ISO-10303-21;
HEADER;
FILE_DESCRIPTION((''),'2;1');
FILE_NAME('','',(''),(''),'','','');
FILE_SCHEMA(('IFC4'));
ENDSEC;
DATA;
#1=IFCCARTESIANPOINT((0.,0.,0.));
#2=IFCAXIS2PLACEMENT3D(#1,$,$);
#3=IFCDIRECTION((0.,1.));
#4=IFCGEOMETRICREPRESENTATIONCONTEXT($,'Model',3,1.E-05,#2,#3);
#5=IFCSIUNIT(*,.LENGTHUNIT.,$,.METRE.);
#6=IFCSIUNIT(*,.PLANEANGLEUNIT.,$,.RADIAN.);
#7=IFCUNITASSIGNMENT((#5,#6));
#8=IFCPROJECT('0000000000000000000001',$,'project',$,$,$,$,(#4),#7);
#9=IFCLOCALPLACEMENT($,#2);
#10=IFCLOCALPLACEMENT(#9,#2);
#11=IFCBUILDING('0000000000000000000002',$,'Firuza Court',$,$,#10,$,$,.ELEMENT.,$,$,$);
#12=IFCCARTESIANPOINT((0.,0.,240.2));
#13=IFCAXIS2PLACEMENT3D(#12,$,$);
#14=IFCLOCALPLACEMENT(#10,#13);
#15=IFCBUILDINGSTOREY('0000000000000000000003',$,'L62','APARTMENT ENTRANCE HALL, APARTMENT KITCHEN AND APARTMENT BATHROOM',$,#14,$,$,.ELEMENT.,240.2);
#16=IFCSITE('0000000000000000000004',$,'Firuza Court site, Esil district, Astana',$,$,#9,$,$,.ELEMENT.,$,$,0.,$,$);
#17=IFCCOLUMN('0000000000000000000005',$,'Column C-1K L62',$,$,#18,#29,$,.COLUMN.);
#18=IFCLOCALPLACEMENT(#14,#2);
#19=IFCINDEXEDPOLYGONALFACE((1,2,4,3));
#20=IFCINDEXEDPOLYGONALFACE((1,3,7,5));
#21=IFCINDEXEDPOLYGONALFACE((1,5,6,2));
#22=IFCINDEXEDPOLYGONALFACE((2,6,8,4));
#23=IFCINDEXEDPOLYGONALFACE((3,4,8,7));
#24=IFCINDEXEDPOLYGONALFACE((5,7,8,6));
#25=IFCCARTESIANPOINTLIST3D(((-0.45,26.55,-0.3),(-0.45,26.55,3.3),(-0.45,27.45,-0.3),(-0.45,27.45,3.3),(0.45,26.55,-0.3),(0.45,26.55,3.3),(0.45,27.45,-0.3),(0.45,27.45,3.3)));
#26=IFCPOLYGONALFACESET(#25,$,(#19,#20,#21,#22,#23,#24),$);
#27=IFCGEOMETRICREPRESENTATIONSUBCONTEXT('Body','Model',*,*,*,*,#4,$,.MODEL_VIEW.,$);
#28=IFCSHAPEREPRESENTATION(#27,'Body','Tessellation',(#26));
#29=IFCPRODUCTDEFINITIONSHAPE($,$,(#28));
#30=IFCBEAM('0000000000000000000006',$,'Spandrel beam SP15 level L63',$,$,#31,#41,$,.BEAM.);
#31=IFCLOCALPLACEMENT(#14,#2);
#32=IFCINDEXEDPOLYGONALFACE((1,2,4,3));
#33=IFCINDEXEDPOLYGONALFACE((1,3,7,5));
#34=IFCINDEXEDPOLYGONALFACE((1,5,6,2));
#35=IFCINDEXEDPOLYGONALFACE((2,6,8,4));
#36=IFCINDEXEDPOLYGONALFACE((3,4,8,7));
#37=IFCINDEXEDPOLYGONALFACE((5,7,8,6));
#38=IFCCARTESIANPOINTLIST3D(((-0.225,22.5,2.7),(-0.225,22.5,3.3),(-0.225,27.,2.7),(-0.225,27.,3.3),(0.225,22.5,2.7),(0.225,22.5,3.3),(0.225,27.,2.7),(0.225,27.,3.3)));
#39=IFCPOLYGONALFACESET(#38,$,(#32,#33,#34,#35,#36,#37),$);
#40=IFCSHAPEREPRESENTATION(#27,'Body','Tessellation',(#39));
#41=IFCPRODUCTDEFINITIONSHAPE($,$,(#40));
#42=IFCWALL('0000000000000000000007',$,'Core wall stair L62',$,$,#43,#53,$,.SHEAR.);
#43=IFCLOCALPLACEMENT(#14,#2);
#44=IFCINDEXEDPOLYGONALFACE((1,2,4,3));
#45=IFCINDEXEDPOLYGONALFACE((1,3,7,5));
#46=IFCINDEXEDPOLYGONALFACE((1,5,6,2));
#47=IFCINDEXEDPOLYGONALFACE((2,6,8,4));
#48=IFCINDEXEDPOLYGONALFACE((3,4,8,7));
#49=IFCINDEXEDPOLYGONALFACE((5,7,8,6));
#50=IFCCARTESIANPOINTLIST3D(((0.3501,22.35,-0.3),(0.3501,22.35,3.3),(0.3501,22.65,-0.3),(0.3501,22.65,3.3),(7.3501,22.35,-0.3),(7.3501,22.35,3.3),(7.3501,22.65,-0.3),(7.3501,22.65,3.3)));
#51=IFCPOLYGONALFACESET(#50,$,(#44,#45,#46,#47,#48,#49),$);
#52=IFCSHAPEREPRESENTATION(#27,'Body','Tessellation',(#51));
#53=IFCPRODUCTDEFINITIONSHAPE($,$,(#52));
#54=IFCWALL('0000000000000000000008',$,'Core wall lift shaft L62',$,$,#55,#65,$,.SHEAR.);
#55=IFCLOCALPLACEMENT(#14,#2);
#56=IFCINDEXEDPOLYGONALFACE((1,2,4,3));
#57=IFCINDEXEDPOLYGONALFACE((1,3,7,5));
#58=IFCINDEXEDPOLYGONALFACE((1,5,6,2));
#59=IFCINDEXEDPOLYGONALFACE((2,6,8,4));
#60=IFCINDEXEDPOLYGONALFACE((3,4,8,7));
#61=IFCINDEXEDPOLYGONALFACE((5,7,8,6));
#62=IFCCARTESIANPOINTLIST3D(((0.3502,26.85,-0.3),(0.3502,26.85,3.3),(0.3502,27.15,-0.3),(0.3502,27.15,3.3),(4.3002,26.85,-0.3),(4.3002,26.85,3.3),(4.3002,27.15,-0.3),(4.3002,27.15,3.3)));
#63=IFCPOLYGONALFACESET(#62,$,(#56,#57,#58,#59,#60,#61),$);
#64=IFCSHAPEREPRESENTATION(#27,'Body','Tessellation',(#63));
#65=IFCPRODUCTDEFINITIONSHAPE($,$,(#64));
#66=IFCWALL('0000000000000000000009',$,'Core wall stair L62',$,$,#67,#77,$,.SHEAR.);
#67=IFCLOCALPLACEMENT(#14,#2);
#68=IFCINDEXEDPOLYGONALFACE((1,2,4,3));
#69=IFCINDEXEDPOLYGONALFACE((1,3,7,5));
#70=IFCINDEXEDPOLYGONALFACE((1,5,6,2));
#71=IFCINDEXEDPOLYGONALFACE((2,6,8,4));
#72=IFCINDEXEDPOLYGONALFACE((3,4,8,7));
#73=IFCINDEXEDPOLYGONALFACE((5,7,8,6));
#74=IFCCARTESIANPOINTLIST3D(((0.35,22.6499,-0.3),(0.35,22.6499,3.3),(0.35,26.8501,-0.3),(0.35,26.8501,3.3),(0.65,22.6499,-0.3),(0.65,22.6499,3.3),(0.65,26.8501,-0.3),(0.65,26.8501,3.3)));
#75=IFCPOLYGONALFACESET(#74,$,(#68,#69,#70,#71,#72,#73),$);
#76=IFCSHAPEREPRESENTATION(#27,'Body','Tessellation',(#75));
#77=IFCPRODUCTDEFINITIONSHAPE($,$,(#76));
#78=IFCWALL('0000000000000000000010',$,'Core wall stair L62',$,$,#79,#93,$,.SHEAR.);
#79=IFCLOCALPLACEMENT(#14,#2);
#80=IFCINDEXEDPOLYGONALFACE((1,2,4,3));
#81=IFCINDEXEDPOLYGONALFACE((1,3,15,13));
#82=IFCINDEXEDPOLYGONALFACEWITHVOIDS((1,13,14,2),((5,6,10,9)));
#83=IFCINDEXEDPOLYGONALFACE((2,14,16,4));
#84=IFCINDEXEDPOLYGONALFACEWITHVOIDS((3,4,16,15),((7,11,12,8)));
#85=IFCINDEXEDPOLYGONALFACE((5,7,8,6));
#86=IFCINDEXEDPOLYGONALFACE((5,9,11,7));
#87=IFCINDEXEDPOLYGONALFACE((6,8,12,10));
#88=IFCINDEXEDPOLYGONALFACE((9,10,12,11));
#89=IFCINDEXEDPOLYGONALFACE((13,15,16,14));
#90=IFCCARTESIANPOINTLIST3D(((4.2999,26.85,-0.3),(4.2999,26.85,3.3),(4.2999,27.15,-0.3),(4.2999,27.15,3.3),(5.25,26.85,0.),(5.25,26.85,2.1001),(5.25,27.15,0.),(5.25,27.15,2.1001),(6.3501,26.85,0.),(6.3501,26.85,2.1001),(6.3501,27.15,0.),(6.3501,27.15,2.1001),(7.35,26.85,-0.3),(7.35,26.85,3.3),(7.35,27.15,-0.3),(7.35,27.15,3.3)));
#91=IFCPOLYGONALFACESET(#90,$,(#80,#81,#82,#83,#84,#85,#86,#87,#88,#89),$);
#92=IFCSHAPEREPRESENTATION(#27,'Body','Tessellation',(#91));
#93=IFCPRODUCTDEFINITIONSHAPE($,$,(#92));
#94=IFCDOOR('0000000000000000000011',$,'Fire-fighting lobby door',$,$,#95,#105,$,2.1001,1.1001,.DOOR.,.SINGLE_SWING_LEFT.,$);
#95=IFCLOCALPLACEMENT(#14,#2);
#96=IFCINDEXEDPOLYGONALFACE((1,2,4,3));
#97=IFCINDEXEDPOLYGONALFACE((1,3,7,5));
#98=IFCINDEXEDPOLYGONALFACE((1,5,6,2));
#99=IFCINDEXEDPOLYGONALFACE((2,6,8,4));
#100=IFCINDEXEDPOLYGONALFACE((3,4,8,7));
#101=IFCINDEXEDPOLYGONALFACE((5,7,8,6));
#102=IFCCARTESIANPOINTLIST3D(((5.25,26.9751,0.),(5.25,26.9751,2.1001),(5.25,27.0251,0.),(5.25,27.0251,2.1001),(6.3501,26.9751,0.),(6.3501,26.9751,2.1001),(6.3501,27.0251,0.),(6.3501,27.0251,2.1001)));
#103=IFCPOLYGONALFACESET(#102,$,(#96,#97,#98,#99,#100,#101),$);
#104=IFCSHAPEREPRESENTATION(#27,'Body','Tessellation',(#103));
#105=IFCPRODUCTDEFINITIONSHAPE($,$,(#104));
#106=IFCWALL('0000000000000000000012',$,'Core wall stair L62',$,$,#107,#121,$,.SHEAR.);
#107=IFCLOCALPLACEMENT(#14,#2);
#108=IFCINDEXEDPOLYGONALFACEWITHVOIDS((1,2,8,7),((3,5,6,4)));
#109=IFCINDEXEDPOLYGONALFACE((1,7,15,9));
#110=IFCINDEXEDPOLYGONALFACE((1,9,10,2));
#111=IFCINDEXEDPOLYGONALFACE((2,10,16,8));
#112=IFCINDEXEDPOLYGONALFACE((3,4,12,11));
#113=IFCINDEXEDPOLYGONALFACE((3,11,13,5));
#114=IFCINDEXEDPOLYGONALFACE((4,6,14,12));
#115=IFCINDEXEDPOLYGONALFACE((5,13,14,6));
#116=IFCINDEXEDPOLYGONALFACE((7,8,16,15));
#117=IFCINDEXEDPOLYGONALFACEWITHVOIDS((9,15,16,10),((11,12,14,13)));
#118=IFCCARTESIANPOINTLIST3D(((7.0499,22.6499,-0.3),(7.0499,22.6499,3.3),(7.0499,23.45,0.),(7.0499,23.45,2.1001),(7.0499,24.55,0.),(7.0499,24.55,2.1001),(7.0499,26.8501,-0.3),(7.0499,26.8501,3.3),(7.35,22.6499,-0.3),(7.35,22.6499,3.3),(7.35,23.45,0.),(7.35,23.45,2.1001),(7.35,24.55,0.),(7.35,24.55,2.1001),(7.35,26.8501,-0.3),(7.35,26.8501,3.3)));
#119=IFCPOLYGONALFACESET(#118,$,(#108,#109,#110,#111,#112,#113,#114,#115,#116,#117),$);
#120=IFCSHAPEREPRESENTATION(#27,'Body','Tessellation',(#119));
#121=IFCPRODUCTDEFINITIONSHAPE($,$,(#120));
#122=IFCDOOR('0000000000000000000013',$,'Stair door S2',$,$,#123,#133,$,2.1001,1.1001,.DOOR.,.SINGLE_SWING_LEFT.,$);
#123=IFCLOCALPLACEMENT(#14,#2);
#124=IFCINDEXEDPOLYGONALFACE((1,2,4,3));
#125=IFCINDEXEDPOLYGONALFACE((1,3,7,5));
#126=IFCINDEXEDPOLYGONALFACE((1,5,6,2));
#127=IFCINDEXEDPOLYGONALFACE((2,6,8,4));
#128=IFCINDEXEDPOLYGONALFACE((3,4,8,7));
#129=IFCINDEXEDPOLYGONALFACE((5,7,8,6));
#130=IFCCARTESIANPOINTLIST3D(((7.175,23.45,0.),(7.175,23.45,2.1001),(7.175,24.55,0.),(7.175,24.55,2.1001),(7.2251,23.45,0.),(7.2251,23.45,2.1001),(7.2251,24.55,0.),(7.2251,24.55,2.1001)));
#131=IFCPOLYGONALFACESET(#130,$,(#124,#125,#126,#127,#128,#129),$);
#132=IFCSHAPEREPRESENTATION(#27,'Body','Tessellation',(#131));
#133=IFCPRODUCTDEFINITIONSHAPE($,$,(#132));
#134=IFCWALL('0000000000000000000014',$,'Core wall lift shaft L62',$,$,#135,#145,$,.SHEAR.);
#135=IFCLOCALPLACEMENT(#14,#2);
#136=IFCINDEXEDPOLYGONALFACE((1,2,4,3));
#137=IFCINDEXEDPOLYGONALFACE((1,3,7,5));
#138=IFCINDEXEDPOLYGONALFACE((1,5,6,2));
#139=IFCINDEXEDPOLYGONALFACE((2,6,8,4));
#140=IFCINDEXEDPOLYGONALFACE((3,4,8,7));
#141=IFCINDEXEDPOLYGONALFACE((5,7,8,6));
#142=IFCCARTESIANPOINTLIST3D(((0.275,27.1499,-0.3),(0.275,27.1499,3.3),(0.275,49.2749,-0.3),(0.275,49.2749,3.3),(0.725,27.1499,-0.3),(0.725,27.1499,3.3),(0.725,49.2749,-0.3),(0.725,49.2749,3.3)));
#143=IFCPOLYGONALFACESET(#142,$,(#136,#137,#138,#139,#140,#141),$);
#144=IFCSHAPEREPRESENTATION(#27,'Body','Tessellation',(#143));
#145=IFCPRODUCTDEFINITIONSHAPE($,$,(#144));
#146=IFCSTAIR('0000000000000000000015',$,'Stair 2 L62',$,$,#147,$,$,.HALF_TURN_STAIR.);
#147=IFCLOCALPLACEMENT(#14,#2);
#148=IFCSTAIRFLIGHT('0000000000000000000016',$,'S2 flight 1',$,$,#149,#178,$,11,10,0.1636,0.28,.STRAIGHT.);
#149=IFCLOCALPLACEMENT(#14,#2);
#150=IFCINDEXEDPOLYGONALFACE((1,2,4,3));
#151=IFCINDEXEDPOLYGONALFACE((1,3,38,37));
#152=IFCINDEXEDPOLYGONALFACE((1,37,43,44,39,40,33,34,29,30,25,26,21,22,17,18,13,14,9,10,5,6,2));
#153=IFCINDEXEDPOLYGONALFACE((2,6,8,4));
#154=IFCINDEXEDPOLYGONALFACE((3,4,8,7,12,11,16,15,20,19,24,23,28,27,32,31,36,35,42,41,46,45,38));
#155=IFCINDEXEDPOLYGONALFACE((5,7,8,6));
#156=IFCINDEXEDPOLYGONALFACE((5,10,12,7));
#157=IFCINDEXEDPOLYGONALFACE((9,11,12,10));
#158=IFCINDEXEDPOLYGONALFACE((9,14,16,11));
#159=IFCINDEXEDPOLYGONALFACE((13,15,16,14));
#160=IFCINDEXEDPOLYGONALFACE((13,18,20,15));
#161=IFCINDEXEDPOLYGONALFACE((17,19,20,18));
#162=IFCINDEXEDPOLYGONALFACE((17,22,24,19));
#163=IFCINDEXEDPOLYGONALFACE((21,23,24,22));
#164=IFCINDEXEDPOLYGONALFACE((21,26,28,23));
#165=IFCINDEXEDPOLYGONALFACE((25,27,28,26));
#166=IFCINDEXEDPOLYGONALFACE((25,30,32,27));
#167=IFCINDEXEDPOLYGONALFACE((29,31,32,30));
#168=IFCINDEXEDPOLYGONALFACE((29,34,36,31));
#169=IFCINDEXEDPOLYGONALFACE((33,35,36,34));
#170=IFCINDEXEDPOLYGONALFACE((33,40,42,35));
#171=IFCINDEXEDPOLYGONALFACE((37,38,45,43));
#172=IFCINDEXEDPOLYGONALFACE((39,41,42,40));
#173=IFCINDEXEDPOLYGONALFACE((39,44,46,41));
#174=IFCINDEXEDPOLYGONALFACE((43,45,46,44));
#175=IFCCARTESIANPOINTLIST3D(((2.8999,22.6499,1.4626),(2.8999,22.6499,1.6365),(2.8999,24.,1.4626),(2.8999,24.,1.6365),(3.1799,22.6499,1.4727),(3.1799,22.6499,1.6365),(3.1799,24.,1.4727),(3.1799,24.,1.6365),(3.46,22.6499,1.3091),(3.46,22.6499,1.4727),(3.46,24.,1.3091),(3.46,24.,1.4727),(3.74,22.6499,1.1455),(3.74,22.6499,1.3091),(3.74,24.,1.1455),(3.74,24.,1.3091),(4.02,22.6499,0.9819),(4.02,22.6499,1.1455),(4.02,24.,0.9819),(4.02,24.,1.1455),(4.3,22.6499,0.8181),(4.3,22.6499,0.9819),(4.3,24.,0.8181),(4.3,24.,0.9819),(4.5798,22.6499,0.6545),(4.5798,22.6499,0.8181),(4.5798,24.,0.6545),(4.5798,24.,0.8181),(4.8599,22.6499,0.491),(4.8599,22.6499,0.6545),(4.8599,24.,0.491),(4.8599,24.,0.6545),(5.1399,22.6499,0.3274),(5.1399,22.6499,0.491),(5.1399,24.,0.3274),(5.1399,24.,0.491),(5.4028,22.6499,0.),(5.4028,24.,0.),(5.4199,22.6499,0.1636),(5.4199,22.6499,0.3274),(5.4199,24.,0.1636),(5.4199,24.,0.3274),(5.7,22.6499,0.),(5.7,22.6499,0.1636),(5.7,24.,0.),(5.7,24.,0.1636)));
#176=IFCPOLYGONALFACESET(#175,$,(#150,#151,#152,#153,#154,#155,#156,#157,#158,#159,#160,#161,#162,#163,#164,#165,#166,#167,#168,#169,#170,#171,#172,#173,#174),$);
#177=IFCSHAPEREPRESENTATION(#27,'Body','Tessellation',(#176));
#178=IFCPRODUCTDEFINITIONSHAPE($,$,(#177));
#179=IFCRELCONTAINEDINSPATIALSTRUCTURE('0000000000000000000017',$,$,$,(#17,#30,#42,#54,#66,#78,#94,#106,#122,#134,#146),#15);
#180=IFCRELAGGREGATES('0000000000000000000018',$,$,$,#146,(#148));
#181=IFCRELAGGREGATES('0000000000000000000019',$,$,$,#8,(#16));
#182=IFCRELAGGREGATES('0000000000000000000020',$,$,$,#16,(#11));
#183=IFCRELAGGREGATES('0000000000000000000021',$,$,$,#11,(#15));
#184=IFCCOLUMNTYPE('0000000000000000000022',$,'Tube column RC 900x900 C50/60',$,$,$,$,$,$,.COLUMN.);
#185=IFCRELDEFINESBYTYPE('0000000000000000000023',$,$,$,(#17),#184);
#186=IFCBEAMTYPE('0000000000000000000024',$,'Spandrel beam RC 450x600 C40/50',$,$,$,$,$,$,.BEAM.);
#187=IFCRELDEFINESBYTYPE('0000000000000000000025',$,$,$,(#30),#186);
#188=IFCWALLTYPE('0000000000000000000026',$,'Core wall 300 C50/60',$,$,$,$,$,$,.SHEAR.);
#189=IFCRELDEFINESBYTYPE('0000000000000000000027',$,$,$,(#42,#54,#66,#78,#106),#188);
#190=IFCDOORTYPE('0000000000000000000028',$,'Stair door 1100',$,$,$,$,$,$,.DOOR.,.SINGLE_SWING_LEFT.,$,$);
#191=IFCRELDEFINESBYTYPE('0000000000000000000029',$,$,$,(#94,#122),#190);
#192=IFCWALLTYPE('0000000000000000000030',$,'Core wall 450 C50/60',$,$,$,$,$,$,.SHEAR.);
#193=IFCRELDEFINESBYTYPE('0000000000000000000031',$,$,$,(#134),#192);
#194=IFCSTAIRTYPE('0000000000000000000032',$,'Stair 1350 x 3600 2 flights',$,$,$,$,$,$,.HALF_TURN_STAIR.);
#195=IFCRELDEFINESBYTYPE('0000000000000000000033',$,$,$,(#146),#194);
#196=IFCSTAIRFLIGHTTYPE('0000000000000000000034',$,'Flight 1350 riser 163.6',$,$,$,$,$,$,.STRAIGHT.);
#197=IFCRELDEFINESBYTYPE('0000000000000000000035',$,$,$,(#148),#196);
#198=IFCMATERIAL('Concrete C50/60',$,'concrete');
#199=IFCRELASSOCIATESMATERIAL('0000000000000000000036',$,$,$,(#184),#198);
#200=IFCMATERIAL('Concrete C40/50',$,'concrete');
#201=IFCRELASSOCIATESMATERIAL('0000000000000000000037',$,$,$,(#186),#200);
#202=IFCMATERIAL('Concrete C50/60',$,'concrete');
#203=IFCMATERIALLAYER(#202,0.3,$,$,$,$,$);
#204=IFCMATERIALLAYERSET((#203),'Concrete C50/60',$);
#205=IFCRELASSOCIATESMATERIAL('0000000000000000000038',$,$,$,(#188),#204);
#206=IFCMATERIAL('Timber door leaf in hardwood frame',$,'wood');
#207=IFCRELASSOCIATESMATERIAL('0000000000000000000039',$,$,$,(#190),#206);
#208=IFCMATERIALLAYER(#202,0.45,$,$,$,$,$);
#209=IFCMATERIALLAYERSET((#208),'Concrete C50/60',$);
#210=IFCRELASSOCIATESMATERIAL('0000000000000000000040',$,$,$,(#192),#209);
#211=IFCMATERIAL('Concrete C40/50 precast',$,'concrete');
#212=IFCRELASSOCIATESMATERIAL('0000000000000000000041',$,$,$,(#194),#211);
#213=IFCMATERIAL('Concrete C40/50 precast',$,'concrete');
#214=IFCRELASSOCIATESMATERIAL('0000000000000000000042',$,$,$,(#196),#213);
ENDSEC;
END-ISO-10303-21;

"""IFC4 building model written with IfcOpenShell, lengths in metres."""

from ifc_helpers import new_model, si_unit, direction, frame, frame_2d, origin, origin_2d, place, context, subcontext, project, spatial, polyline, rectangle, outline, extrude, material, layer, layer_set, material_profile, profile_set, type_object, element, fill, aggregate, save


model = new_model("IFC4")

# Units and contexts
model_context = context("Model", 3, precision=1e-05, world=origin(), true_north=direction((0.0, 1.0)))
body_context = subcontext(model_context, "Body", "Model", "MODEL_VIEW")
ifc_project = project(units=[si_unit("LENGTHUNIT", "METRE"), si_unit("PLANEANGLEUNIT", "RADIAN")], contexts=[model_context])

# Site, building, storey
site_placement = place(None, origin())
site = spatial("IfcSite", under=ifc_project, at=site_placement, Name="Firuza Court site, Esil district, Astana", CompositionType="ELEMENT", RefElevation=0.0)
building_placement = place(site_placement, origin())
building = spatial("IfcBuilding", under=site, at=building_placement, Name="Firuza Court", CompositionType="ELEMENT")
storey_placement = place(building_placement, frame((0.0, 0.0, 240.2)))
storey = spatial("IfcBuildingStorey", under=building, at=storey_placement, Name="L62", Description="APARTMENT ENTRANCE HALL, APARTMENT KITCHEN AND APARTMENT BATHROOM", CompositionType="ELEMENT", Elevation=240.2)

# Column
ifc_material_1 = material(Name="Concrete C50/60", Category="concrete")
ifc_material_profile_1 = material_profile(ifc_material_1, rectangle(XDim=0.8999, YDim=0.8999, at=origin_2d()), Name="RC 900x900")
ifc_profile_set_1 = profile_set([ifc_material_profile_1], Name="Concrete C50/60")
column_type = type_object("IfcColumnType", Name="Tube column RC 900x900 C50/60", PredefinedType="COLUMN", material=ifc_profile_set_1)
column_placement = place(storey_placement, frame((0.0, 27.0, -0.3), z_axis=(0.0, 0.0, 1.0), x_axis=(1.0, 0.0, 0.0)))
element("IfcColumn", 1, at=column_placement, inside=storey, type_object=column_type, Name="Column C-1K L62", PredefinedType="COLUMN", context=body_context, shape_type="SweptSolid", body=[
    extrude(rectangle(XDim=0.8999, YDim=0.8999, at=origin_2d()), origin(), (0.0, 0.0, 1.0), 3.6001),
])

# Beam
ifc_material_2 = material(Name="Concrete C40/50", Category="concrete")
ifc_material_profile_2 = material_profile(ifc_material_2, rectangle(XDim=0.45, YDim=0.6001, at=origin_2d()), Name="RC 450x600")
ifc_profile_set_2 = profile_set([ifc_material_profile_2], Name="Concrete C40/50")
beam_type = type_object("IfcBeamType", Name="Spandrel beam RC 450x600 C40/50", PredefinedType="BEAM", material=ifc_profile_set_2)
beam_placement = place(storey_placement, frame((0.0, 27.0, 3.0), z_axis=(0.0, -1.0, 0.0), x_axis=(1.0, 0.0, 0.0)))
element("IfcBeam", 2, at=beam_placement, inside=storey, type_object=beam_type, Name="Spandrel beam SP15 level L63", PredefinedType="BEAM", context=body_context, shape_type="SweptSolid", body=[
    extrude(rectangle(XDim=0.45, YDim=0.6001, at=origin_2d()), origin(), (0.0, 0.0, 1.0), 4.5),
])

# Walls
ifc_material_3 = material(Name="Concrete C50/60", Category="concrete")
ifc_layer_1 = layer(ifc_material_3, 0.3)
ifc_layer_set_1 = layer_set([ifc_layer_1], Name="Concrete C50/60")
wall_type_1 = type_object("IfcWallType", Name="Core wall 300 C50/60", PredefinedType="SHEAR", material=ifc_layer_set_1)
wall_1_placement = place(storey_placement, frame((0.3501, 22.5, -0.3), z_axis=(0.0, 0.0, 1.0), x_axis=(1.0, 0.0, 0.0)))
element("IfcWall", 3, at=wall_1_placement, inside=storey, type_object=wall_type_1, Name="Core wall stair L62", PredefinedType="SHEAR", context=body_context, shape_type="SweptSolid", body=[
    extrude(rectangle(XDim=7.0, YDim=0.3, at=frame_2d((3.5, 0.0))), origin(), (0.0, 0.0, 1.0), 3.6001),
])
wall_2_placement = place(storey_placement, frame((0.3501, 27.0, -0.3), z_axis=(0.0, 0.0, 1.0), x_axis=(1.0, 0.0, 0.0)))
element("IfcWall", 4, at=wall_2_placement, inside=storey, type_object=wall_type_1, Name="Core wall lift shaft L62", PredefinedType="SHEAR", context=body_context, shape_type="SweptSolid", body=[
    extrude(rectangle(XDim=3.95, YDim=0.3, at=frame_2d((1.9751, 0.0))), origin(), (0.0, 0.0, 1.0), 3.6001),
])
wall_3_placement = place(storey_placement, frame((0.5, 22.6499, -0.3), z_axis=(0.0, 0.0, 1.0), x_axis=(0.0, 1.0, 0.0)))
element("IfcWall", 5, at=wall_3_placement, inside=storey, type_object=wall_type_1, Name="Core wall stair L62", PredefinedType="SHEAR", context=body_context, shape_type="SweptSolid", body=[
    extrude(rectangle(XDim=4.2002, YDim=0.3, at=frame_2d((2.1001, 0.0))), origin(), (0.0, 0.0, 1.0), 3.6001),
])

# Walls, openings, doors
wall_4_placement = place(storey_placement, frame((4.3, 27.0, -0.3), z_axis=(0.0, 0.0, 1.0), x_axis=(1.0, 0.0, 0.0)))
wall_4 = element("IfcWall", 6, at=wall_4_placement, inside=storey, type_object=wall_type_1, Name="Core wall stair L62", PredefinedType="SHEAR", context=body_context, shape_type="SweptSolid", body=[
    extrude(rectangle(XDim=3.05, YDim=0.3, at=frame_2d((1.5249, 0.0))), origin(), (0.0, 0.0, 1.0), 3.6001),
])
opening_1_placement = place(wall_4_placement, frame((0.95, 0.0, 0.3)))
opening_1 = element("IfcOpeningElement", 7, at=opening_1_placement, cuts=wall_4, PredefinedType="OPENING", context=body_context, shape_type="SweptSolid", body=[
    extrude(rectangle(XDim=1.1001, YDim=2.1001, at=frame_2d((0.55, 1.05))), frame((0.0, 0.1621, 0.0), z_axis=(0.0, -1.0, 0.0), x_axis=(1.0, 0.0, 0.0)), (0.0, 0.0, 1.0), 0.324),
])
ifc_material_4 = material(Name="Timber door leaf in hardwood frame", Category="wood")
door_type_1 = type_object("IfcDoorType", Name="Stair door 1100", OperationType="SINGLE_SWING_LEFT", PredefinedType="DOOR", material=ifc_material_4)
door_1_placement = place(opening_1_placement, frame((1.1001, 0.0, 0.0), z_axis=(0.0, 0.0, 1.0), x_axis=(-1.0, 0.0, 0.0)))
door_1 = element("IfcDoor", 8, at=door_1_placement, inside=storey, type_object=door_type_1, Name="Fire-fighting lobby door", OperationType="SINGLE_SWING_LEFT", OverallHeight=2.1001, OverallWidth=1.1001, PredefinedType="DOOR", context=body_context, shape_type="SweptSolid", body=[
    extrude(rectangle(XDim=1.1001, YDim=2.1001, at=frame_2d((0.55, 1.05))), frame((0.0, 0.0249, 0.0), z_axis=(0.0, -1.0, 0.0), x_axis=(1.0, 0.0, 0.0)), (0.0, 0.0, 1.0), 0.05),
])
fill(opening_1, door_1)
wall_5_placement = place(storey_placement, frame((7.2, 22.6499, -0.3), z_axis=(0.0, 0.0, 1.0), x_axis=(0.0, 1.0, 0.0)))
wall_5 = element("IfcWall", 9, at=wall_5_placement, inside=storey, type_object=wall_type_1, Name="Core wall stair L62", PredefinedType="SHEAR", context=body_context, shape_type="SweptSolid", body=[
    extrude(rectangle(XDim=4.2002, YDim=0.3, at=frame_2d((2.1001, 0.0))), origin(), (0.0, 0.0, 1.0), 3.6001),
])
opening_2_placement = place(wall_5_placement, frame((0.8, 0.0, 0.3)))
opening_2 = element("IfcOpeningElement", 10, at=opening_2_placement, cuts=wall_5, PredefinedType="OPENING", context=body_context, shape_type="SweptSolid", body=[
    extrude(rectangle(XDim=1.1001, YDim=2.1001, at=frame_2d((0.55, 1.05))), frame((0.0, 0.1621, 0.0), z_axis=(0.0, -1.0, 0.0), x_axis=(1.0, 0.0, 0.0)), (0.0, 0.0, 1.0), 0.324),
])
door_2_placement = place(opening_2_placement, origin())
door_2 = element("IfcDoor", 11, at=door_2_placement, inside=storey, type_object=door_type_1, Name="Stair door S2", OperationType="SINGLE_SWING_LEFT", OverallHeight=2.1001, OverallWidth=1.1001, PredefinedType="DOOR", context=body_context, shape_type="SweptSolid", body=[
    extrude(rectangle(XDim=1.1001, YDim=2.1001, at=frame_2d((0.55, 1.05))), frame((0.0, 0.0249, 0.0), z_axis=(0.0, -1.0, 0.0), x_axis=(1.0, 0.0, 0.0)), (0.0, 0.0, 1.0), 0.05),
])
fill(opening_2, door_2)

# Wall
ifc_layer_2 = layer(ifc_material_3, 0.45)
ifc_layer_set_2 = layer_set([ifc_layer_2], Name="Concrete C50/60")
wall_type_2 = type_object("IfcWallType", Name="Core wall 450 C50/60", PredefinedType="SHEAR", material=ifc_layer_set_2)
wall_6_placement = place(storey_placement, frame((0.5, 27.1499, -0.3), z_axis=(0.0, 0.0, 1.0), x_axis=(0.0, 1.0, 0.0)))
element("IfcWall", 12, at=wall_6_placement, inside=storey, type_object=wall_type_2, Name="Core wall lift shaft L62", PredefinedType="SHEAR", context=body_context, shape_type="SweptSolid", body=[
    extrude(rectangle(XDim=22.125, YDim=0.45, at=frame_2d((11.0625, 0.0))), origin(), (0.0, 0.0, 1.0), 3.6001),
])

# Stair, stair flight
ifc_material_5 = material(Name="Concrete C40/50 precast", Category="concrete")
stair_type = type_object("IfcStairType", Name="Stair 1350 x 3600 2 flights", PredefinedType="HALF_TURN_STAIR", material=ifc_material_5)
stair_placement = place(storey_placement, origin())
stair = element("IfcStair", 13, at=stair_placement, inside=storey, type_object=stair_type, Name="Stair 2 L62", PredefinedType="HALF_TURN_STAIR")
ifc_material_6 = material(Name="Concrete C40/50 precast", Category="concrete")
stair_flight_type = type_object("IfcStairFlightType", Name="Flight 1350 riser 163.6", PredefinedType="STRAIGHT", material=ifc_material_6)
stair_flight_1_placement = place(storey_placement, frame((5.7, 23.325, 0.0), z_axis=(0.0, 0.0, 1.0), x_axis=(-1.0, 0.0, 0.0)))
stair_flight_1 = element("IfcStairFlight", 14, at=stair_flight_1_placement, type_object=stair_flight_type, Name="S2 flight 1", NumberOfRisers=11, NumberOfTreads=10, PredefinedType="STRAIGHT", RiserHeight=0.1636, TreadLength=0.28, context=body_context, shape_type="SweptSolid", body=[
    extrude(outline(polyline([(0.0, 0.0), (0.0, 0.1636), (0.28, 0.1636), (0.28, 0.3274), (0.5601, 0.3274), (0.5601, 0.491), (0.8401, 0.491), (0.8401, 0.6545), (1.1201, 0.6545), (1.1201, 0.8181), (1.3999, 0.8181), (1.3999, 0.9819), (1.6799, 0.9819), (1.6799, 1.1455), (1.96, 1.1455), (1.96, 1.3091), (2.24, 1.3091), (2.24, 1.4727), (2.52, 1.4727), (2.52, 1.6365), (2.8, 1.6365), (2.8, 1.8), (2.8, 1.4626), (0.2971, 0.0), (0.0, 0.0)])), frame((0.0, 0.675, 0.0), z_axis=(0.0, -1.0, 0.0), x_axis=(1.0, 0.0, 0.0)), (0.0, 0.0, 1.0), 1.3501),
])
aggregate(stair, [stair_flight_1])

save(model, "model.ifc")
